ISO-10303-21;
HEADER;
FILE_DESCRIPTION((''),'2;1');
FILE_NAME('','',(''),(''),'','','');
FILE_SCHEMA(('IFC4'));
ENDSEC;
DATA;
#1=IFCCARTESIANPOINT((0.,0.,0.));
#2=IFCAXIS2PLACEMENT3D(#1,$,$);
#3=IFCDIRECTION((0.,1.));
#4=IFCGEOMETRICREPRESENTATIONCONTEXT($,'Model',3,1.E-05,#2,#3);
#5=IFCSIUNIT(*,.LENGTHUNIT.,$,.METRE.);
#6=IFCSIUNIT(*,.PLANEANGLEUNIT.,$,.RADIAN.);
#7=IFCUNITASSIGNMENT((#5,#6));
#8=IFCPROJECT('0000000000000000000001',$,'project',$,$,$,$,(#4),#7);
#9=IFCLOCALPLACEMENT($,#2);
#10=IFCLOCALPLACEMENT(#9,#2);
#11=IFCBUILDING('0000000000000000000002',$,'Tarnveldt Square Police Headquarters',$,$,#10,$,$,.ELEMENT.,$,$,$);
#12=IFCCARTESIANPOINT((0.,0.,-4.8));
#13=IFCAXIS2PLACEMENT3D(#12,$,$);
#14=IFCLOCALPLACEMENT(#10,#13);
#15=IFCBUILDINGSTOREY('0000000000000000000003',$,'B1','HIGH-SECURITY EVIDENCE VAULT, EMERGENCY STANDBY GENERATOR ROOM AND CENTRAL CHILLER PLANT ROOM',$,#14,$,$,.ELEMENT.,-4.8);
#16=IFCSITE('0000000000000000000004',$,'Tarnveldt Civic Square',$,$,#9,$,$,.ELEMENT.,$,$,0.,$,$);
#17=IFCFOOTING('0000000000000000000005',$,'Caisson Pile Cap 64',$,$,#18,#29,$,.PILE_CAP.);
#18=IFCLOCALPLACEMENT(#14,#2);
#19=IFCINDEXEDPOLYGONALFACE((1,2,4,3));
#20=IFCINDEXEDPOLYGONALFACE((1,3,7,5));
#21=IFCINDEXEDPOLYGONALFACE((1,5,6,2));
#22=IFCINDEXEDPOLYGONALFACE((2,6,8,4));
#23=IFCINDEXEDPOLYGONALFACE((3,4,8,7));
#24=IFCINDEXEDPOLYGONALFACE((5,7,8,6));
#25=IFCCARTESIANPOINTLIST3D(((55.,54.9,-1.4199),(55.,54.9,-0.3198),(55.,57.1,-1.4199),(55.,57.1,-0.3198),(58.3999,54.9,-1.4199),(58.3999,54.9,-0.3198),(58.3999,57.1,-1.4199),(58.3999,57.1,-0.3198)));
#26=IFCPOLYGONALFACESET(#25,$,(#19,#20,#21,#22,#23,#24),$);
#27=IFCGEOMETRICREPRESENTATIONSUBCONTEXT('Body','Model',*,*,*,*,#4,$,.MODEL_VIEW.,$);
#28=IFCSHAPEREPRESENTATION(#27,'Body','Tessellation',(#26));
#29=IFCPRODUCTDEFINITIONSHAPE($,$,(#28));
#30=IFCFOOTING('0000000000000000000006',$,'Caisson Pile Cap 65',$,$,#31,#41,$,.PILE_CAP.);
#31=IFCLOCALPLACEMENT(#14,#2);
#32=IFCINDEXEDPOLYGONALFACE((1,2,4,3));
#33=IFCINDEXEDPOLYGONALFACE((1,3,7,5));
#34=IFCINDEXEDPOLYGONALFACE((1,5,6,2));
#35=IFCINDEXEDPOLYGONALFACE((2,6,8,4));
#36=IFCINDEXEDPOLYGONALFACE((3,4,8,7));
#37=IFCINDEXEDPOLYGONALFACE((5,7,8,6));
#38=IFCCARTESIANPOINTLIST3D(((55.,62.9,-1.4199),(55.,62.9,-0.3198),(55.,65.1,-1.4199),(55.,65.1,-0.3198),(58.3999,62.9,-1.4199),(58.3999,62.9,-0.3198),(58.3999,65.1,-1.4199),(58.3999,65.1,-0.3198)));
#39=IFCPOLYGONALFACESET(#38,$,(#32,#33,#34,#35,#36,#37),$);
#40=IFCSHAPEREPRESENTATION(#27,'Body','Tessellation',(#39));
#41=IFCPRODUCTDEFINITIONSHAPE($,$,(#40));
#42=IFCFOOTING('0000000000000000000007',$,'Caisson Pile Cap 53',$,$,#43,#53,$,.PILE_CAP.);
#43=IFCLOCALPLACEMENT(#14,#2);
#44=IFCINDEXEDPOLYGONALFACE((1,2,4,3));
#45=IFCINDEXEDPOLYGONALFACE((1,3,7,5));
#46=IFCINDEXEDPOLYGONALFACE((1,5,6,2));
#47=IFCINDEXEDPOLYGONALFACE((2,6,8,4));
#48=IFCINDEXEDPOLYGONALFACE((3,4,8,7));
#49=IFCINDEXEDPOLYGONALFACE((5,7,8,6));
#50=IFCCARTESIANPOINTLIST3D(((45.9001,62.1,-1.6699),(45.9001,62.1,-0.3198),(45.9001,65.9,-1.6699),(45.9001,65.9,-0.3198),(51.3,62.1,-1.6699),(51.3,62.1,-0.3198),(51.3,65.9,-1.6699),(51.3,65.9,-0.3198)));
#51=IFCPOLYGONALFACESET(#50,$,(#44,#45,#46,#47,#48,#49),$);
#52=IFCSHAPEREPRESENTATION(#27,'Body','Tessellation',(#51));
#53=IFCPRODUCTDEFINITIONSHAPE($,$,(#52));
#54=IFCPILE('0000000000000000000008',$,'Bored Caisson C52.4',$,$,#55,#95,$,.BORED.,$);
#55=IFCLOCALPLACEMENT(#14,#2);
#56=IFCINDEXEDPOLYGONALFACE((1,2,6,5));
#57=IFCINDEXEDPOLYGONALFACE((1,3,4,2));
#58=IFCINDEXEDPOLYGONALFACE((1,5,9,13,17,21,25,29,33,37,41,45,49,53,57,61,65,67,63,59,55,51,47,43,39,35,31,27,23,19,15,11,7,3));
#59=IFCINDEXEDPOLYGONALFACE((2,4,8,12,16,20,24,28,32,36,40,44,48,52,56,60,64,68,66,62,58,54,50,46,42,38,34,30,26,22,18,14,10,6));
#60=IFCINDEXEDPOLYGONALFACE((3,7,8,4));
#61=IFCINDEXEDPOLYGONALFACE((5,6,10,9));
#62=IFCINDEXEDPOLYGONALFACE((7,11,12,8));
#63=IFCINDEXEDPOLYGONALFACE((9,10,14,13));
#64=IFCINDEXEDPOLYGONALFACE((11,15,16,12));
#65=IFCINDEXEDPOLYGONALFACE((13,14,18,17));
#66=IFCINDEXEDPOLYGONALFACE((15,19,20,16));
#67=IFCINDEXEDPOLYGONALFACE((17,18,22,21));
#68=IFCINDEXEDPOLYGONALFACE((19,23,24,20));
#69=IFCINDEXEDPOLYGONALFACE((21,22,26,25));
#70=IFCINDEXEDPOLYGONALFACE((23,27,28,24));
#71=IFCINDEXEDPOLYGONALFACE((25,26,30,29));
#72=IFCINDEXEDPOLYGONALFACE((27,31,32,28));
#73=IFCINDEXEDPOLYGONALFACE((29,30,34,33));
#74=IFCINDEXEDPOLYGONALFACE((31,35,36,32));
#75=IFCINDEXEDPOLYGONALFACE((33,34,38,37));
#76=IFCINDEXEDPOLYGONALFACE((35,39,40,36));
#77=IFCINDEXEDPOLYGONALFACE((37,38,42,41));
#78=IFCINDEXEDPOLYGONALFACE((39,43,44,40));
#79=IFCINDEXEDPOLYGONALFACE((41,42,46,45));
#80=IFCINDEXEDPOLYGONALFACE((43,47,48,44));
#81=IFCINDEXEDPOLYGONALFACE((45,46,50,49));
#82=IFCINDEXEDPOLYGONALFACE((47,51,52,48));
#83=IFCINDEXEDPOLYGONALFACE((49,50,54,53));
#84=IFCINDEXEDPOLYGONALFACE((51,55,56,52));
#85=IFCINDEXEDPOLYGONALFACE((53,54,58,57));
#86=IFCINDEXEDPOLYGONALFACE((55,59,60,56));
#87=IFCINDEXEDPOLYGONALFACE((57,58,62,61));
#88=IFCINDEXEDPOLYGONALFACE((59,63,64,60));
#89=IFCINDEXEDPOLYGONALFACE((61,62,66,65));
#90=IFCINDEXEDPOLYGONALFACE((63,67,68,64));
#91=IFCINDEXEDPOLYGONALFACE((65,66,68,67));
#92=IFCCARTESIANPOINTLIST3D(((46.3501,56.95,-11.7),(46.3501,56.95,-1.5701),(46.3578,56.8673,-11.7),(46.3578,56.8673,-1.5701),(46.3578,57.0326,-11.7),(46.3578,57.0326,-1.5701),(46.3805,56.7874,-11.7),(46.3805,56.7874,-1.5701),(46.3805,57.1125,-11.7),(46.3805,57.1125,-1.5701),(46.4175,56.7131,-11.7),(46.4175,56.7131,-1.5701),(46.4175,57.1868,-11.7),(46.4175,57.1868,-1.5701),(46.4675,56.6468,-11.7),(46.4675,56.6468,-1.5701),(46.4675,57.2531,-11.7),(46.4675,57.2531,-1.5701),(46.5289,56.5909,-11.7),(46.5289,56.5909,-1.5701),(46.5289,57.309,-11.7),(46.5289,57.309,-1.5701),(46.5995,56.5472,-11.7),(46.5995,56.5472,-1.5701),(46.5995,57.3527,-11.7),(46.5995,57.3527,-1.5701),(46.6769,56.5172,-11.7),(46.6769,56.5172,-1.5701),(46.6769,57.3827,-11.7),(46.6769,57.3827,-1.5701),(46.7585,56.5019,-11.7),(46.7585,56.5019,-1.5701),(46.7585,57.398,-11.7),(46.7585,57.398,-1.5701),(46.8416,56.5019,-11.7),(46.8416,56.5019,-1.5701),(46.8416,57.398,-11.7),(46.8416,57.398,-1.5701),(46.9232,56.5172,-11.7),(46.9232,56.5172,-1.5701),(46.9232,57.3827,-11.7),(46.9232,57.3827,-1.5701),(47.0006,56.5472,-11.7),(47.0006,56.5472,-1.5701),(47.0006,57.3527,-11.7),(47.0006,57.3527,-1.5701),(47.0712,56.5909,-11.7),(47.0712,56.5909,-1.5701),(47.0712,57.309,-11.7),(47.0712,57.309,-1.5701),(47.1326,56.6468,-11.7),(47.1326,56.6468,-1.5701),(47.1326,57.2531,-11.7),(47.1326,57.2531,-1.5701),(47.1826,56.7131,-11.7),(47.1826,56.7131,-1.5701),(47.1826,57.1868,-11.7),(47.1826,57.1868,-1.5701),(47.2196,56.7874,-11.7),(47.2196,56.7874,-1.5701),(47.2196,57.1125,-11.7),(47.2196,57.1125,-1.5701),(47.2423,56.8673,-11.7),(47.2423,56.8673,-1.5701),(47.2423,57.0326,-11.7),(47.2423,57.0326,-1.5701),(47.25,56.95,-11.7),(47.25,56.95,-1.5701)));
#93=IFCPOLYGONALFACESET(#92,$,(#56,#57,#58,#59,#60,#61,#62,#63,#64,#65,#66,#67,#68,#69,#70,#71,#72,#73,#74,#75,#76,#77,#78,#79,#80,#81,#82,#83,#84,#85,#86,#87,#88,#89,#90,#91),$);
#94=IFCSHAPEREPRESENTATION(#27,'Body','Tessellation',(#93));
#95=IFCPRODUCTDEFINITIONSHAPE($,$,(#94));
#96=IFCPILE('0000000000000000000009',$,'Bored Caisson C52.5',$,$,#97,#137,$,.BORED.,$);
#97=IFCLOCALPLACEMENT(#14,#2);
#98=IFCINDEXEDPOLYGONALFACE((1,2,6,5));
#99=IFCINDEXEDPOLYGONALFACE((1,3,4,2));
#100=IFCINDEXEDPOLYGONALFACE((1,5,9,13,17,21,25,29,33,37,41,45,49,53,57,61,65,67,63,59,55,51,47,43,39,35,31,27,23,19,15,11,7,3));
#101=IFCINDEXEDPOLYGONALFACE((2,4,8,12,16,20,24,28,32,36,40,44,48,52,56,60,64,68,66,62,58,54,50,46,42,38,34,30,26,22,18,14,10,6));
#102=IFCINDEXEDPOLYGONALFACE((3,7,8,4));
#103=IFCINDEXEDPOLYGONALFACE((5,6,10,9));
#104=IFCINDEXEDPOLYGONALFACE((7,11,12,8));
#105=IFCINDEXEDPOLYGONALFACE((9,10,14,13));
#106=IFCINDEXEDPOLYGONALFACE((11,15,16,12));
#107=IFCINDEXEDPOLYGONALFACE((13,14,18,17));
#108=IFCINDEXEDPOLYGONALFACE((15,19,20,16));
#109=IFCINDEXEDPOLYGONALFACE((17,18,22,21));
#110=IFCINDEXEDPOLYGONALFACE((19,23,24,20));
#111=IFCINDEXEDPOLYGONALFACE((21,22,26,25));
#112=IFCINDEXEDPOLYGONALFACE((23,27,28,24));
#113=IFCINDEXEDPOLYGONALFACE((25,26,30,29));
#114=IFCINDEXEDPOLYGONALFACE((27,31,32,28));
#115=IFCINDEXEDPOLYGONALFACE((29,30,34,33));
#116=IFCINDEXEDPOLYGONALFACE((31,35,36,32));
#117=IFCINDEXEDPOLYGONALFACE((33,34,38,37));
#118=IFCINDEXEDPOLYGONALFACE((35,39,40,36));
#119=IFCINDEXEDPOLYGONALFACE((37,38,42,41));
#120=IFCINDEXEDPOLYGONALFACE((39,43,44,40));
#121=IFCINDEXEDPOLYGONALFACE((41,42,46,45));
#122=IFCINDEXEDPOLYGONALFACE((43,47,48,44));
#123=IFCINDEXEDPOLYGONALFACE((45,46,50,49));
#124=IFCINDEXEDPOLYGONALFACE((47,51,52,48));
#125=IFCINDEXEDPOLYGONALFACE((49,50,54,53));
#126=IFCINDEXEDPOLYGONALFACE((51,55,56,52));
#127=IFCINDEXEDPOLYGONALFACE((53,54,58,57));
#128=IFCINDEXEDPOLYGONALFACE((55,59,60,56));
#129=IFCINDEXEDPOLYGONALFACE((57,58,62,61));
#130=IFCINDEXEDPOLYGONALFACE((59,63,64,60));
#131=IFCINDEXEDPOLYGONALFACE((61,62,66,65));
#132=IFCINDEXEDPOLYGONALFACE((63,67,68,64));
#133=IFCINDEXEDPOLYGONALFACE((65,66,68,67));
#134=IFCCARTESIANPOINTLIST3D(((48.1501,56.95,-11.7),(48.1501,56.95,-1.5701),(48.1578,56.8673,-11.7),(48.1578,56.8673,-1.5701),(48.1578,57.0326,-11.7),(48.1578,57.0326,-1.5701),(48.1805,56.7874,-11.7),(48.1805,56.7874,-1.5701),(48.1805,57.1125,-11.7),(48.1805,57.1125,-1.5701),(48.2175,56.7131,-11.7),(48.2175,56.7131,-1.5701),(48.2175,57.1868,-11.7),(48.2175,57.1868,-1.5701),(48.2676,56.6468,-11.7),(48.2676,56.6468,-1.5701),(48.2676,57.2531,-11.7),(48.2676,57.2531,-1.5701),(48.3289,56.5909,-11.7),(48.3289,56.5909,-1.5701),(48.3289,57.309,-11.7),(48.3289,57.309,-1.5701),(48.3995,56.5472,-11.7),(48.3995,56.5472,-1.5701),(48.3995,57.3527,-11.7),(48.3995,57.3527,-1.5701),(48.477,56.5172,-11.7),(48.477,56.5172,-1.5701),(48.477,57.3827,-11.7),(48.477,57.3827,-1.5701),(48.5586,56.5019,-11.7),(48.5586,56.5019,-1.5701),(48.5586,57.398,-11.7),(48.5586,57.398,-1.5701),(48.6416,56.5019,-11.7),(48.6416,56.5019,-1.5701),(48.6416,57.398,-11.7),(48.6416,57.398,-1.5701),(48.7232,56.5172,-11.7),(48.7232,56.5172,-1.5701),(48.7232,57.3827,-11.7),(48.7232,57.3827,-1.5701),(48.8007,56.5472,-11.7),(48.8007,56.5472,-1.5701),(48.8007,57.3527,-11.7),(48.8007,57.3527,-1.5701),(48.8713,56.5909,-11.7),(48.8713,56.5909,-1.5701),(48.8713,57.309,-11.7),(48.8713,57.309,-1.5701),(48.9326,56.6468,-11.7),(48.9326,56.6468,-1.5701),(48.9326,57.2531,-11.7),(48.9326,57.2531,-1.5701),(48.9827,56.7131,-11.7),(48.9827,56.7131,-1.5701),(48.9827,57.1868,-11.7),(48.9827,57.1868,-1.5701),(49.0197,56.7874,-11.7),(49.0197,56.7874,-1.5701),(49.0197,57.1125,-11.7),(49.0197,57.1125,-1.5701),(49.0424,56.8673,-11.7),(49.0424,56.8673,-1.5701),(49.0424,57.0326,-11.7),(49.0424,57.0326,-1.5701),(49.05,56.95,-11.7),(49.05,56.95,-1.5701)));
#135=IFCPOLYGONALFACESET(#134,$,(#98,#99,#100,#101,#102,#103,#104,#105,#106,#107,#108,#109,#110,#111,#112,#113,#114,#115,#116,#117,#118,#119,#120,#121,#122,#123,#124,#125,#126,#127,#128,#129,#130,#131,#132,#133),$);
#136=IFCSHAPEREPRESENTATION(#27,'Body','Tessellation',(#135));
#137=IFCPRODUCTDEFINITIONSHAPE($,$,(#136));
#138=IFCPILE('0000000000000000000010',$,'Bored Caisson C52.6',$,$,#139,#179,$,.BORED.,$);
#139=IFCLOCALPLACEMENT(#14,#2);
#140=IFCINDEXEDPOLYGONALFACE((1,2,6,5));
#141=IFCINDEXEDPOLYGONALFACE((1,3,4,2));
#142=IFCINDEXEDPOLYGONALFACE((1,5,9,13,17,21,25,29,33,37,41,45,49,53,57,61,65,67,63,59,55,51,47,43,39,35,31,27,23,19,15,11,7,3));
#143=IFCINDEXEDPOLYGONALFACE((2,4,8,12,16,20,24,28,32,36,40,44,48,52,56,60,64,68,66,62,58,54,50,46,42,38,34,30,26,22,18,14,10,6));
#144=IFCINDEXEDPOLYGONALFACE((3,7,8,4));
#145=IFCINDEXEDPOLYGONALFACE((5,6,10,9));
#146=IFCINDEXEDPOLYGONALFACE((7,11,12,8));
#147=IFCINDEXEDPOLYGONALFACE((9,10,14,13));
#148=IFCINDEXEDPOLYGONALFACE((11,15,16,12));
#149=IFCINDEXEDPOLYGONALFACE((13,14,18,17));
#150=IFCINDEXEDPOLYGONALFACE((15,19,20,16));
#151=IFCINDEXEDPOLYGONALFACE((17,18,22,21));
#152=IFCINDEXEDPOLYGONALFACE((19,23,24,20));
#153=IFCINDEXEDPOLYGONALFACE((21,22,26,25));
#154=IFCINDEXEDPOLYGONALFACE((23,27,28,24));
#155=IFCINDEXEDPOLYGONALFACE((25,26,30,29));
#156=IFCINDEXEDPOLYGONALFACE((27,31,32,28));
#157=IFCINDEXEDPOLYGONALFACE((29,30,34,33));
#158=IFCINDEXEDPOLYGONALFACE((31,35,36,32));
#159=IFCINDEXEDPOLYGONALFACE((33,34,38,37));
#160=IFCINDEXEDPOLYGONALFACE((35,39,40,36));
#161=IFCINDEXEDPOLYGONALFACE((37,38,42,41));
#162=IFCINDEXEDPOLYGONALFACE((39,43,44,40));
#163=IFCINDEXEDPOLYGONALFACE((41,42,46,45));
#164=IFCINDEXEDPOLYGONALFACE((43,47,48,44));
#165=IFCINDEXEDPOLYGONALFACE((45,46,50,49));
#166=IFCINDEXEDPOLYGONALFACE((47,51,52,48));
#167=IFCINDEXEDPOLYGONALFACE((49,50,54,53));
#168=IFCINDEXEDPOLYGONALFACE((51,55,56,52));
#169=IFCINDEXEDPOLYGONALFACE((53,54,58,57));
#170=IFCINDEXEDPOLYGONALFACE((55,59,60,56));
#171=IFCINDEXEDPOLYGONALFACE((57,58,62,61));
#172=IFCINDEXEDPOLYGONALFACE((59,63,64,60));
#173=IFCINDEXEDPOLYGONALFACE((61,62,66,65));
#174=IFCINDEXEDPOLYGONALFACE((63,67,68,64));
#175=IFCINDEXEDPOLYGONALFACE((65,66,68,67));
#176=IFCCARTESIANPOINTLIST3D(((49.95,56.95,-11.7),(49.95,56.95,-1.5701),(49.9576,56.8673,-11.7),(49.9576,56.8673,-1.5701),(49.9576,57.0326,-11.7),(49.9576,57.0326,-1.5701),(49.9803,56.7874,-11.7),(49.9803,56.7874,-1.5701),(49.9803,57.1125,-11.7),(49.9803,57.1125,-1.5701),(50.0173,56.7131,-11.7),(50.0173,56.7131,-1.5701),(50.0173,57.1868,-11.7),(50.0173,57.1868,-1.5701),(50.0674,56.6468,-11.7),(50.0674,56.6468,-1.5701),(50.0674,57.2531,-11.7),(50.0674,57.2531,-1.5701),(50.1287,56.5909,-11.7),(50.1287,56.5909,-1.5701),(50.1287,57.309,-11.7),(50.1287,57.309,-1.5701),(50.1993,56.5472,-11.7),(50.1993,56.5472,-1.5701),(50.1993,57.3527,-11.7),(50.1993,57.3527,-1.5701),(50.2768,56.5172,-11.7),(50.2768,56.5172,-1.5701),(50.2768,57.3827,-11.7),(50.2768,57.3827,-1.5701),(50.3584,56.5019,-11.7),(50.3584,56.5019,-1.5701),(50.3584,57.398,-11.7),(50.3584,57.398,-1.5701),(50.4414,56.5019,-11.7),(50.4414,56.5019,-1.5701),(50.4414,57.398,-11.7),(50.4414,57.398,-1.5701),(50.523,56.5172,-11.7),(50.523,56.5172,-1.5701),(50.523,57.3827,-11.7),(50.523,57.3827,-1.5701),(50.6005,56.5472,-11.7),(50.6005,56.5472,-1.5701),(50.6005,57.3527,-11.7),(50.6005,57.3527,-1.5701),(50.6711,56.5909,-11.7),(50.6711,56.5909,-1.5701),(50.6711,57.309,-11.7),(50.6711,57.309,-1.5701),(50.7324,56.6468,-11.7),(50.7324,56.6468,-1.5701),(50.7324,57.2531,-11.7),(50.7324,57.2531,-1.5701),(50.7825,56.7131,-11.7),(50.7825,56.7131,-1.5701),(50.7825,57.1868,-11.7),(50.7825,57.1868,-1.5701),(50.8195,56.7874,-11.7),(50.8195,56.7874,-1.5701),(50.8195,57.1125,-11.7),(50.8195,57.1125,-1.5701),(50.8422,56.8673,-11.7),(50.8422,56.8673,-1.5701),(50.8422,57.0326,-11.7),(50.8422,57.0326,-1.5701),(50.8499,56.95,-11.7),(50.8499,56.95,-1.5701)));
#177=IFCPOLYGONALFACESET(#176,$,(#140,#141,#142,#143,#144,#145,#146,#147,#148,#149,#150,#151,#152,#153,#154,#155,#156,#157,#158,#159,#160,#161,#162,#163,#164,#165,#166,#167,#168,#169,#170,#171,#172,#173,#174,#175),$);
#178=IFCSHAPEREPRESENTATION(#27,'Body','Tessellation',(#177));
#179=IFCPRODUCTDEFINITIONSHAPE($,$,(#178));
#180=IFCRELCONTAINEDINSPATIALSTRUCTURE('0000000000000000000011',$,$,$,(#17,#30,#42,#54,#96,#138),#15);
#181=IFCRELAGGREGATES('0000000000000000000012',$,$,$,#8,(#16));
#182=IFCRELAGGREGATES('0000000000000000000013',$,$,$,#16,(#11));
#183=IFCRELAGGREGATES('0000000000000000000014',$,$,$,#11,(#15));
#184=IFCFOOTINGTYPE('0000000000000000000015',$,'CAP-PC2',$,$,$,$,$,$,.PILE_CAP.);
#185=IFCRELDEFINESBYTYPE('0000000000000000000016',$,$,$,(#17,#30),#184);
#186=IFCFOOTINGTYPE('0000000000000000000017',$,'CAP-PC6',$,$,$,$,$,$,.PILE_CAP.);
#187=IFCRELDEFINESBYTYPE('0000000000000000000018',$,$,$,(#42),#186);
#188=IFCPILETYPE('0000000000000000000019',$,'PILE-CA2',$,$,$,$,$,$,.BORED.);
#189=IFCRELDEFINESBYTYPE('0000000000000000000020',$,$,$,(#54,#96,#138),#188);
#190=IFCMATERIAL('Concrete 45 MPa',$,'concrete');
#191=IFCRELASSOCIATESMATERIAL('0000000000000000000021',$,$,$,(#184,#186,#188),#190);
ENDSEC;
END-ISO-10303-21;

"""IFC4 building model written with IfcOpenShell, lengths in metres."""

from ifc_helpers import new_model, si_unit, direction, frame, origin, origin_2d, place, context, subcontext, project, spatial, rectangle, circle, extrude, material, material_profile, profile_set, type_object, element, save


model = new_model("IFC4")

# Units and contexts
model_context = context("Model", 3, precision=1e-05, world=origin(), true_north=direction((0.0, 1.0)))
body_context = subcontext(model_context, "Body", "Model", "MODEL_VIEW")
ifc_project = project(units=[si_unit("LENGTHUNIT", "METRE"), si_unit("PLANEANGLEUNIT", "RADIAN")], contexts=[model_context])

# Site, building, storey
site_placement = place(None, origin())
site = spatial("IfcSite", under=ifc_project, at=site_placement, Name="Tarnveldt Civic Square", CompositionType="ELEMENT", RefElevation=0.0)
building_placement = place(site_placement, origin())
building = spatial("IfcBuilding", under=site, at=building_placement, Name="Tarnveldt Square Police Headquarters", CompositionType="ELEMENT")
storey_placement = place(building_placement, frame((0.0, 0.0, -4.8)))
storey = spatial("IfcBuildingStorey", under=building, at=storey_placement, Name="B1", Description="HIGH-SECURITY EVIDENCE VAULT, EMERGENCY STANDBY GENERATOR ROOM AND CENTRAL CHILLER PLANT ROOM", CompositionType="ELEMENT", Elevation=-4.8)

# Footings
ifc_material_1 = material(Name="Concrete 45 MPa", Category="concrete")
footing_type_1 = type_object("IfcFootingType", Name="CAP-PC2", PredefinedType="PILE_CAP", material=ifc_material_1)
for number, where, z_axis, x_axis, name in (
    (1, (56.7, 56.0, -1.4199), (0.0, 0.0, 1.0), (1.0, 0.0, 0.0), "Caisson Pile Cap 64"),
    (2, (56.7, 64.0, -1.4199), (0.0, 0.0, 1.0), (1.0, 0.0, 0.0), "Caisson Pile Cap 65"),
):
    element("IfcFooting", number, at=place(storey_placement, frame(where, z_axis=z_axis, x_axis=x_axis)), inside=storey, type_object=footing_type_1, Name=name, PredefinedType="PILE_CAP", context=body_context, shape_type="SweptSolid", body=[
        extrude(rectangle(XDim=3.3999, YDim=2.2, at=origin_2d()), origin(), (0.0, 0.0, 1.0), 1.1001),
    ])
footing_type_2 = type_object("IfcFootingType", Name="CAP-PC6", PredefinedType="PILE_CAP", material=ifc_material_1)
footing_placement = place(storey_placement, frame((48.6001, 64.0, -1.6699), z_axis=(0.0, 0.0, 1.0), x_axis=(1.0, 0.0, 0.0)))
element("IfcFooting", 3, at=footing_placement, inside=storey, type_object=footing_type_2, Name="Caisson Pile Cap 53", PredefinedType="PILE_CAP", context=body_context, shape_type="SweptSolid", body=[
    extrude(rectangle(XDim=5.3999, YDim=3.8, at=origin_2d()), origin(), (0.0, 0.0, 1.0), 1.3501),
])

# Piles
ifc_material_profile_1 = material_profile(ifc_material_1, circle(Radius=0.45, at=origin_2d()), Name="CAISSON-D900")
ifc_profile_set_1 = profile_set([ifc_material_profile_1], Name="Concrete 45 MPa")
pile_type_1 = type_object("IfcPileType", Name="PILE-CA2", PredefinedType="BORED", material=ifc_profile_set_1)
for number, where, z_axis, x_axis, name in (
    (4, (46.8, 56.95, -1.5701), (0.0, 0.0, -1.0), (1.0, 0.0, 0.0), "Bored Caisson C52.4"),
    (5, (48.6001, 56.95, -1.5701), (0.0, 0.0, -1.0), (1.0, 0.0, 0.0), "Bored Caisson C52.5"),
    (6, (50.3999, 56.95, -1.5701), (0.0, 0.0, -1.0), (1.0, 0.0, 0.0), "Bored Caisson C52.6"),
):
    element("IfcPile", number, at=place(storey_placement, frame(where, z_axis=z_axis, x_axis=x_axis)), inside=storey, type_object=pile_type_1, Name=name, PredefinedType="BORED", context=body_context, shape_type="SweptSolid", body=[
        extrude(circle(Radius=0.45, at=origin_2d()), origin(), (0.0, 0.0, 1.0), 10.1299),
    ])

save(model, "model.ifc")
